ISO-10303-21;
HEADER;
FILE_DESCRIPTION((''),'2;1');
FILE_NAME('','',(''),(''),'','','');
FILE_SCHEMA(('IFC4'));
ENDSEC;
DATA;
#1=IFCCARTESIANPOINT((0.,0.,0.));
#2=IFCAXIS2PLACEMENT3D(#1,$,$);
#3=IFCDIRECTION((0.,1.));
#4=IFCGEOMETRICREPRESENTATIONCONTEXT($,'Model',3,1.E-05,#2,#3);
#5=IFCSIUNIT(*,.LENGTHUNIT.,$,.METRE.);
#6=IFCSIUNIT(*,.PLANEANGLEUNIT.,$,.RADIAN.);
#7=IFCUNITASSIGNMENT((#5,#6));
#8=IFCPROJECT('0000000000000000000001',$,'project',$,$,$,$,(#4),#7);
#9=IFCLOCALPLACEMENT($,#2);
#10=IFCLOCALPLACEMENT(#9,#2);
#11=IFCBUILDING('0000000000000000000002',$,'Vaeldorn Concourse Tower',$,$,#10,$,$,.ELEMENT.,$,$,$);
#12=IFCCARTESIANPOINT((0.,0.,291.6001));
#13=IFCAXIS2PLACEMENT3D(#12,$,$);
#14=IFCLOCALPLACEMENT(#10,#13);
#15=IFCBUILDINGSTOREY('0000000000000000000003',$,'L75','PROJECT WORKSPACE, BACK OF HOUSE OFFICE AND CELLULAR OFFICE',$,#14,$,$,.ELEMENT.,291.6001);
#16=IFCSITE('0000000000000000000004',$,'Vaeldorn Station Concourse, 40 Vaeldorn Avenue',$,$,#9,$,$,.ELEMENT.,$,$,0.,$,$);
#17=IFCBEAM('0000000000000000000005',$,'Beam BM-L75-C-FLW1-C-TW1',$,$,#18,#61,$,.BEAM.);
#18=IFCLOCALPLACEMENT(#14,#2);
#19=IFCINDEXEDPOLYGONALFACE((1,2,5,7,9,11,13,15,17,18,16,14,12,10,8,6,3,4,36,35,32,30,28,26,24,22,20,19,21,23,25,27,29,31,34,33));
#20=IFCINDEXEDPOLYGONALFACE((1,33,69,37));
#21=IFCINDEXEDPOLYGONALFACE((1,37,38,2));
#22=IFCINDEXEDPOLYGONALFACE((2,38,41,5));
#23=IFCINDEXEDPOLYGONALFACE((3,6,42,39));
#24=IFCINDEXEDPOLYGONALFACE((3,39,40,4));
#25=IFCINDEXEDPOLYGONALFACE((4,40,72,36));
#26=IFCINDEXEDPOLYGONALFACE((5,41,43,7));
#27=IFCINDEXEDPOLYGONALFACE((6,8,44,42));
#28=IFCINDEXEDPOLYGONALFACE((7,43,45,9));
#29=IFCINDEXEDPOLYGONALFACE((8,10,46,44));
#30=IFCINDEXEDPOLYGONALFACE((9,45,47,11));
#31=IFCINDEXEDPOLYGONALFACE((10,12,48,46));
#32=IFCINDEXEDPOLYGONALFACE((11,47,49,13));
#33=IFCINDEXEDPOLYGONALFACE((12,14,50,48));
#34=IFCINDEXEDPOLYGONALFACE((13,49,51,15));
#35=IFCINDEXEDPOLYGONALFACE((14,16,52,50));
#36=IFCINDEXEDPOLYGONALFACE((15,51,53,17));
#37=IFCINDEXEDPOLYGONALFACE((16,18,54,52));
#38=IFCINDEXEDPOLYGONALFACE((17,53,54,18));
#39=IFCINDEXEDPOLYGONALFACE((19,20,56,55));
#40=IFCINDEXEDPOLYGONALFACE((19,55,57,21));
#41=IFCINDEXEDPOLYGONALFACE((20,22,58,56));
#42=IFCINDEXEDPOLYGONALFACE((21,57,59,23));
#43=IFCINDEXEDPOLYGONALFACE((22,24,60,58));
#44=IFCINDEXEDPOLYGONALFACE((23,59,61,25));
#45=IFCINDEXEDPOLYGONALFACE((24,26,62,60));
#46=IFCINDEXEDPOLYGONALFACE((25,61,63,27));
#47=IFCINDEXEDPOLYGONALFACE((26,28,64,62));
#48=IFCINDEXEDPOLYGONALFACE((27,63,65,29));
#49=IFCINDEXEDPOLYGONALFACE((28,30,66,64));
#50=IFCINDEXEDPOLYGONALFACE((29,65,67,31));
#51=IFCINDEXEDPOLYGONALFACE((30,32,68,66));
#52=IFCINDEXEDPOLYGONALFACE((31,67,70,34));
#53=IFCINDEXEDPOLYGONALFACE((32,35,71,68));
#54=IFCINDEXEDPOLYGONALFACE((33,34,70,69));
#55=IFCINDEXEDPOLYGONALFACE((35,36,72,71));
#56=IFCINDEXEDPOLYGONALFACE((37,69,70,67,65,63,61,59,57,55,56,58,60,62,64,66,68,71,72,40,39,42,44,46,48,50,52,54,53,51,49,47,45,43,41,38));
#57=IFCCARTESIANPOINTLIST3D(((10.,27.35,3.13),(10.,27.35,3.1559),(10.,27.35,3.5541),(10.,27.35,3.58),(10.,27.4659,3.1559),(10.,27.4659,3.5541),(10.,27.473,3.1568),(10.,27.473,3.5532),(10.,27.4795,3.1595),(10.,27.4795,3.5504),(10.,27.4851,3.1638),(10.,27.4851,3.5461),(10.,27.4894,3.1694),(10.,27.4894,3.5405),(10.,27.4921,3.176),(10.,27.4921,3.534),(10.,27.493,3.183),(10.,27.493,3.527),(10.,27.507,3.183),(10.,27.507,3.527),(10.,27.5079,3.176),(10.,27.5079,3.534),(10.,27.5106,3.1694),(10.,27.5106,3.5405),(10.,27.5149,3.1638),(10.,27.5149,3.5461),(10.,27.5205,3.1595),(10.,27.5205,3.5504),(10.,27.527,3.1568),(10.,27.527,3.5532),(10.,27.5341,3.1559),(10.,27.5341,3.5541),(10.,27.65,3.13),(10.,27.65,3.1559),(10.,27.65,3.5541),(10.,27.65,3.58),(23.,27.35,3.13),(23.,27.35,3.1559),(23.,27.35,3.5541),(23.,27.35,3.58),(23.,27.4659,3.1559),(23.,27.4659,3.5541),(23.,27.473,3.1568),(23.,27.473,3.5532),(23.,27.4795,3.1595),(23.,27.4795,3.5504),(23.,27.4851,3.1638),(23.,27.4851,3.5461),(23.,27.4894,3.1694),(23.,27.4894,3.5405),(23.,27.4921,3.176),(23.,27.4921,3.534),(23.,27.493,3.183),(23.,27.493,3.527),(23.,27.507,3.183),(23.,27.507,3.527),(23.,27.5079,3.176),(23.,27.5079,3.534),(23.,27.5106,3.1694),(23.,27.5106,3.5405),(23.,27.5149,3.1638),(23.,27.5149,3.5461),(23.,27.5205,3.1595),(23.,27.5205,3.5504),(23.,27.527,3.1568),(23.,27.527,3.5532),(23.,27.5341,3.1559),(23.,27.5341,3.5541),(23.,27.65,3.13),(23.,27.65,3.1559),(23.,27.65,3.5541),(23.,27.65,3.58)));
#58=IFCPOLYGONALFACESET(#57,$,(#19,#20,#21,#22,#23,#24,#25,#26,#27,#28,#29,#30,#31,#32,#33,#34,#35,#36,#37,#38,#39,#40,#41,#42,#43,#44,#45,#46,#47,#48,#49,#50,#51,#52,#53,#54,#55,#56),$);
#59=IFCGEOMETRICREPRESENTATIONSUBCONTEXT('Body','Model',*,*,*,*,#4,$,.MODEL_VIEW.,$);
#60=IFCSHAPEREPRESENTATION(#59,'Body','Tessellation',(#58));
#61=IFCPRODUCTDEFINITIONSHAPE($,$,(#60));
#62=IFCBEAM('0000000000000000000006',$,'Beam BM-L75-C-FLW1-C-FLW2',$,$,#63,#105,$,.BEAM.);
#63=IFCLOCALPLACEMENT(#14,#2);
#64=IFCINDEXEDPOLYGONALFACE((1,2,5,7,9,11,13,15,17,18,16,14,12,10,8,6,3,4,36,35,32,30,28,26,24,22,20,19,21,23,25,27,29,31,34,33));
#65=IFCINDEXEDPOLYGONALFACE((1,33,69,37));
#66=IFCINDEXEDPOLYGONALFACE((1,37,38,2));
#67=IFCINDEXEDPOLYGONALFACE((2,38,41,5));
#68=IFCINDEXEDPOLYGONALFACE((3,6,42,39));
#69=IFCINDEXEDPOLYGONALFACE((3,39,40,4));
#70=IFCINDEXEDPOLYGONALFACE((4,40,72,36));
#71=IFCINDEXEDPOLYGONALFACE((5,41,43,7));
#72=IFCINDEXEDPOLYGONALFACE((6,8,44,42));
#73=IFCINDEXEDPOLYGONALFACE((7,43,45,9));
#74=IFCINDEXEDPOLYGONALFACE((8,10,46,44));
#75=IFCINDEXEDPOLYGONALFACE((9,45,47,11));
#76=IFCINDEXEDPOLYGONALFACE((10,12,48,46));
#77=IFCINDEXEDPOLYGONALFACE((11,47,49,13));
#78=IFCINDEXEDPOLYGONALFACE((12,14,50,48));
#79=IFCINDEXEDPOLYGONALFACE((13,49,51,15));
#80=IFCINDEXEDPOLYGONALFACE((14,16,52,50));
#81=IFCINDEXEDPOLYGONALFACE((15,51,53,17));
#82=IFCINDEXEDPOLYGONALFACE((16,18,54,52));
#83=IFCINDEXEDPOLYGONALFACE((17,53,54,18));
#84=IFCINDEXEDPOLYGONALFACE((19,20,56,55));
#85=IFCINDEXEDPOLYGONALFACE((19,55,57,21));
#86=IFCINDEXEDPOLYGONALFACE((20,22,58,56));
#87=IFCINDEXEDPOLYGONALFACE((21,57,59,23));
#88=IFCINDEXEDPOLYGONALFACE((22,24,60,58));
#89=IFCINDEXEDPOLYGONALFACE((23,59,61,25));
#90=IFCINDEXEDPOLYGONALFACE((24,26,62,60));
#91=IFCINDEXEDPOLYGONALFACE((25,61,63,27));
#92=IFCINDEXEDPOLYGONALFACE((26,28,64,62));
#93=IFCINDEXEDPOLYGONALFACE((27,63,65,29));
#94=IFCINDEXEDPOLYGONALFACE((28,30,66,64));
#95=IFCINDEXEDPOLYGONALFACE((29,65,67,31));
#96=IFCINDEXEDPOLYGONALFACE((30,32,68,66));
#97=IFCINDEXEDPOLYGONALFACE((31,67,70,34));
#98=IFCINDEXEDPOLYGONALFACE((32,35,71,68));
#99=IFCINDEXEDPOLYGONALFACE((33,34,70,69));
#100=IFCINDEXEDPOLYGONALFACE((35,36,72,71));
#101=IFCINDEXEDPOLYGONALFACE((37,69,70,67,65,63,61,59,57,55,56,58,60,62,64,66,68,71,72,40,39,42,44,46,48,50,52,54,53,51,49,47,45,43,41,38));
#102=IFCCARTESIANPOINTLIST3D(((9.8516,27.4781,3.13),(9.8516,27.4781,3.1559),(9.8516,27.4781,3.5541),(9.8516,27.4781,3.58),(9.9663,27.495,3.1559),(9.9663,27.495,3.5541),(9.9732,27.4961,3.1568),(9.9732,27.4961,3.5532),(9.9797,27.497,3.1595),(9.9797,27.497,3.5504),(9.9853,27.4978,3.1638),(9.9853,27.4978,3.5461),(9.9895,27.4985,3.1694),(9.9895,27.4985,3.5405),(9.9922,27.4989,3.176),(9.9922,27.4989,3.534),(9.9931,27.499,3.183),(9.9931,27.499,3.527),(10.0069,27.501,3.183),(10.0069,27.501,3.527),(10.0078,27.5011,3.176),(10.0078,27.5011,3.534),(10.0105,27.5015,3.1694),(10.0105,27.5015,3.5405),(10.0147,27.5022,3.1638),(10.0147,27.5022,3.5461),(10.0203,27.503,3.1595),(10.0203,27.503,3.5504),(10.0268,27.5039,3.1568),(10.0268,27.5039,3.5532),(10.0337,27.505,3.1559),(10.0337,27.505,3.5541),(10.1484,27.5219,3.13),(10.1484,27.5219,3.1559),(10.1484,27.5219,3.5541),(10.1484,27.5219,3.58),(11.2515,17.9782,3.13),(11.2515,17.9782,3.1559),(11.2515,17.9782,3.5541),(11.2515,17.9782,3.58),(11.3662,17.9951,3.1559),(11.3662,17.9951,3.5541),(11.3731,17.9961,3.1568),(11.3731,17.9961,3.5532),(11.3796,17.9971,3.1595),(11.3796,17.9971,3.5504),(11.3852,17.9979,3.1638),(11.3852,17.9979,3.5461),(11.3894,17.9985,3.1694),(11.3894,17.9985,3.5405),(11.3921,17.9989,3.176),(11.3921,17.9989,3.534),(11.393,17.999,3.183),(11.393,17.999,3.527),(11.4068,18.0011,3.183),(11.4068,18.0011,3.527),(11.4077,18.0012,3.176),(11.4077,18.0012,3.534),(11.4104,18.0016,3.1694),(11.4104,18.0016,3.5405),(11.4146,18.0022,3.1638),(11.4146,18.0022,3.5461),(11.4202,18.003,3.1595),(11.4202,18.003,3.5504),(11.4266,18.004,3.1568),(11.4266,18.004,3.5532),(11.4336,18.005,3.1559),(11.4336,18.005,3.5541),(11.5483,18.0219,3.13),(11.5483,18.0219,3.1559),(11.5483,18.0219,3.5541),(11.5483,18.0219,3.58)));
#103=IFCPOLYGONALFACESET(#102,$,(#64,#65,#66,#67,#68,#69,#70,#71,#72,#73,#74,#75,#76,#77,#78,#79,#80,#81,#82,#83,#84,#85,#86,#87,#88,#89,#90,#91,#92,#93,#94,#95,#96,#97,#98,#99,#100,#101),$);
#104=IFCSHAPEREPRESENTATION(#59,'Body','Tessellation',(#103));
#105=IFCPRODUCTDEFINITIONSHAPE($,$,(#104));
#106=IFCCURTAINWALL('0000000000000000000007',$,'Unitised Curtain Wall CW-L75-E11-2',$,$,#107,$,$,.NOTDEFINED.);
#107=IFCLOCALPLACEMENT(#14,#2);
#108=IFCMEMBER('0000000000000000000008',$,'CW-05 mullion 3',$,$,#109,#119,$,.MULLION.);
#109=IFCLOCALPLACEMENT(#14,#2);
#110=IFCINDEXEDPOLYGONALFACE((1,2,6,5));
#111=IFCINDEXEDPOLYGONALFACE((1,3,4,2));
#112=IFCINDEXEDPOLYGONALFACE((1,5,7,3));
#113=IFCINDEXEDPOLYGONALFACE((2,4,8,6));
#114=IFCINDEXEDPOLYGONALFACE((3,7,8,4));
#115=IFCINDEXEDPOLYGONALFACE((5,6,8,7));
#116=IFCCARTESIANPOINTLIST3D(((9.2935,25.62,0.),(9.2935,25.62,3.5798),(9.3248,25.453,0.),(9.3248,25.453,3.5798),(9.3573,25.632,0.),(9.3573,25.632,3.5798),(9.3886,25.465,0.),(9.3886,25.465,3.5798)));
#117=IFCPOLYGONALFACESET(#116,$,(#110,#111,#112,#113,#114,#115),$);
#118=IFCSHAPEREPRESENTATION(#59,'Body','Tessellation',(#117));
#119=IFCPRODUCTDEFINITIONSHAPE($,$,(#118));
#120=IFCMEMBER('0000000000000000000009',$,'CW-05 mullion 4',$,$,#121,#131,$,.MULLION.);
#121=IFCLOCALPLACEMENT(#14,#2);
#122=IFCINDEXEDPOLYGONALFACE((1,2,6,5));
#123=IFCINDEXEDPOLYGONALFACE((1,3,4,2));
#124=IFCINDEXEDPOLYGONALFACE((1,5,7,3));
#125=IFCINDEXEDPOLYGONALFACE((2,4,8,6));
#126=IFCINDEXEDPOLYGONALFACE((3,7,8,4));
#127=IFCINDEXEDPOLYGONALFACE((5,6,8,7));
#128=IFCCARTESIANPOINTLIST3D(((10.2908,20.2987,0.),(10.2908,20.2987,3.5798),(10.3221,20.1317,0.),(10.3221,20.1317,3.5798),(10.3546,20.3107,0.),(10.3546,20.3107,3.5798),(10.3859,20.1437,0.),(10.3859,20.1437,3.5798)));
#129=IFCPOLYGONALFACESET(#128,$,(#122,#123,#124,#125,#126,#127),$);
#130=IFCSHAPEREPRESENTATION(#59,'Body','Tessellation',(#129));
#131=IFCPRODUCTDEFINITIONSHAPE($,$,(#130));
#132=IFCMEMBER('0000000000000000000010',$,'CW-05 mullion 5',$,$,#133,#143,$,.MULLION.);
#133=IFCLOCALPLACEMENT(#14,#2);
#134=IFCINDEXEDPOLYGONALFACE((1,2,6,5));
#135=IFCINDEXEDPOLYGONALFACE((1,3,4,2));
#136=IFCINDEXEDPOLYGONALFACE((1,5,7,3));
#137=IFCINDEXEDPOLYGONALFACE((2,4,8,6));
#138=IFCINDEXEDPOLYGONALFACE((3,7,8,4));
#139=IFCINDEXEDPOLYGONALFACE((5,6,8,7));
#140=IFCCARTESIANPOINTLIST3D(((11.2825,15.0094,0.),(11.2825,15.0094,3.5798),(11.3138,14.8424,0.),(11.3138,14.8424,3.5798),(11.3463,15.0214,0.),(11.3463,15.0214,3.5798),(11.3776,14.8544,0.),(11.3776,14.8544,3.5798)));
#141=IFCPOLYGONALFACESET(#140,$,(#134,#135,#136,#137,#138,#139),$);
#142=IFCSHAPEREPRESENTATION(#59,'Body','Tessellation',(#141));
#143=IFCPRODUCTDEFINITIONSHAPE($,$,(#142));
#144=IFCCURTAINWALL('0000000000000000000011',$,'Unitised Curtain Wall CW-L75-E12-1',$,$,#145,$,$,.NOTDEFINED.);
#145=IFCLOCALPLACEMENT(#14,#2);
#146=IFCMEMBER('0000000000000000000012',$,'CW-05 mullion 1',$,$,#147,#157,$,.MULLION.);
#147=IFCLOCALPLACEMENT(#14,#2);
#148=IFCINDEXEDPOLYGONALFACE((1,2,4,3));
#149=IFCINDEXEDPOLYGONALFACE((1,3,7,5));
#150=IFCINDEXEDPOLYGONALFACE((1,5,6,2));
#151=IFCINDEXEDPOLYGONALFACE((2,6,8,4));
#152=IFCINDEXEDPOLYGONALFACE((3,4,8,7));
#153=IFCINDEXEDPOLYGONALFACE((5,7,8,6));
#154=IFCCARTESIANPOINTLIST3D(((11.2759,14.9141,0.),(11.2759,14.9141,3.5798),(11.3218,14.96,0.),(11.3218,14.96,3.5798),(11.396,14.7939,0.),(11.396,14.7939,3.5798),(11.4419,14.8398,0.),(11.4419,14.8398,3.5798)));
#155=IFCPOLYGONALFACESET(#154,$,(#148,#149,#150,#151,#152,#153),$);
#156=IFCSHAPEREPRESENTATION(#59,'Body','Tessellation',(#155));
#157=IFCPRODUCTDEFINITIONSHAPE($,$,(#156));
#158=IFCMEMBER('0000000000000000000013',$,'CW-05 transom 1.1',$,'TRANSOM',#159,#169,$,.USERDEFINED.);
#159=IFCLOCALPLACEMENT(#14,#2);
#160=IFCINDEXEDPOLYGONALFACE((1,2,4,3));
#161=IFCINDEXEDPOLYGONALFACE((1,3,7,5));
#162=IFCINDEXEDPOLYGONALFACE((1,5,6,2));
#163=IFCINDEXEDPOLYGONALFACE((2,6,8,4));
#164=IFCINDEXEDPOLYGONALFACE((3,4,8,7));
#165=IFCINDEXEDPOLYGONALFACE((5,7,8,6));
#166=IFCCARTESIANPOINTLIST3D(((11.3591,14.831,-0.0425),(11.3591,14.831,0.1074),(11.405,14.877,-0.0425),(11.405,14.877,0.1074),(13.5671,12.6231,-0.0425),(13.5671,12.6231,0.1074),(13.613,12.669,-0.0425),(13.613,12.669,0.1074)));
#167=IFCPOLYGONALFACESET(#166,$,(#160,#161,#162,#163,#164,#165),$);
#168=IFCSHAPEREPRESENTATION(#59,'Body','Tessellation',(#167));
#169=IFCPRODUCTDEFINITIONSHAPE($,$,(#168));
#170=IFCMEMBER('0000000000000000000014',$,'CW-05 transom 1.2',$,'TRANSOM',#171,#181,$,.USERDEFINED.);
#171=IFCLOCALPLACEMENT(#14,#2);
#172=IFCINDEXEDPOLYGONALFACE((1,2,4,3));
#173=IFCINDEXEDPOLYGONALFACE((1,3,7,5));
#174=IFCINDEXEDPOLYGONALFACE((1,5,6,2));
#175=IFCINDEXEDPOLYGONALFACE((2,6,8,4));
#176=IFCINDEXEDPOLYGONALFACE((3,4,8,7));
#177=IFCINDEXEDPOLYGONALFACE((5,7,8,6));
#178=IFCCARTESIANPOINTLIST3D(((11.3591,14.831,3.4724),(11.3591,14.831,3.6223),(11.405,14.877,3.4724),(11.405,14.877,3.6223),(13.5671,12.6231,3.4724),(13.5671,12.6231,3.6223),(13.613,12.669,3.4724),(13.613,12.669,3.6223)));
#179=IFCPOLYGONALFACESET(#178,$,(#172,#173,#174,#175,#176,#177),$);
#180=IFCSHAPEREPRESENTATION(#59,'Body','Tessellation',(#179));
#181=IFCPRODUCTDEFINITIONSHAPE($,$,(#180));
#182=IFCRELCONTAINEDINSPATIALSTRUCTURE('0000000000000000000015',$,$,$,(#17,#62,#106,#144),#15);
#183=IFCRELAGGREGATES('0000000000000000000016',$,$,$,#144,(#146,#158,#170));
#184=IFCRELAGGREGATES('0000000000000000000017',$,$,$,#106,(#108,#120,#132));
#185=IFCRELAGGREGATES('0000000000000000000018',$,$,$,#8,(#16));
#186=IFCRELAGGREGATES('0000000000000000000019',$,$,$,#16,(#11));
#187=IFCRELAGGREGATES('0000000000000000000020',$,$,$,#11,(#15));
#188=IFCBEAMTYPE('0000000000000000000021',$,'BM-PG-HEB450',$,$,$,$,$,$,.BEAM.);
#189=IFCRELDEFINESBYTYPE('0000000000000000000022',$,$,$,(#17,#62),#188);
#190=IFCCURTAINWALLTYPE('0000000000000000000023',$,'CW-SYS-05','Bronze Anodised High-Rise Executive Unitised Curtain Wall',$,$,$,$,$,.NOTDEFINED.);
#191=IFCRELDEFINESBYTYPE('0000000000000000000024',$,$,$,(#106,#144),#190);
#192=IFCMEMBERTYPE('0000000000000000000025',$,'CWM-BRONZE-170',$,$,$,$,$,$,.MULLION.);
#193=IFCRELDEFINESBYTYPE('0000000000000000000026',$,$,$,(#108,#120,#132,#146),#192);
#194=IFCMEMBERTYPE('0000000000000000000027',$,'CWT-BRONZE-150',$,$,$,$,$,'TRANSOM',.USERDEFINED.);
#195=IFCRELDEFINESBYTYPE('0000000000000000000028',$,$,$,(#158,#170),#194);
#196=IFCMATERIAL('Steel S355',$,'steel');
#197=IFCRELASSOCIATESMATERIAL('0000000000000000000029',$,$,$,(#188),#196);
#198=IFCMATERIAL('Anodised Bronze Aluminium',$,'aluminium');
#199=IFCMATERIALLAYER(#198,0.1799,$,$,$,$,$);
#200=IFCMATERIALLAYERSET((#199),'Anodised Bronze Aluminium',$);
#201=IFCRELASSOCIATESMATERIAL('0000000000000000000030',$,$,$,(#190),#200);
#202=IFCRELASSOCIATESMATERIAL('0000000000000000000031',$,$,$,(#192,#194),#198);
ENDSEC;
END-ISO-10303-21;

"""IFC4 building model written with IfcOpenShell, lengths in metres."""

from ifc_helpers import new_model, si_unit, direction, frame, origin, origin_2d, place, context, subcontext, project, spatial, rectangle, i_section, extrude, source, transform, mapped, material, layer, layer_set, material_profile, profile_set, type_object, element, aggregate, save


model = new_model("IFC4")

# Units and contexts
model_context = context("Model", 3, precision=1e-05, world=origin(), true_north=direction((0.0, 1.0)))
body_context = subcontext(model_context, "Body", "Model", "MODEL_VIEW")
ifc_project = project(units=[si_unit("LENGTHUNIT", "METRE"), si_unit("PLANEANGLEUNIT", "RADIAN")], contexts=[model_context])

# Site, building, storey
site_placement = place(None, origin())
site = spatial("IfcSite", under=ifc_project, at=site_placement, Name="Vaeldorn Station Concourse, 40 Vaeldorn Avenue", CompositionType="ELEMENT", RefElevation=0.0)
building_placement = place(site_placement, origin())
building = spatial("IfcBuilding", under=site, at=building_placement, Name="Vaeldorn Concourse Tower", CompositionType="ELEMENT")
storey_placement = place(building_placement, frame((0.0, 0.0, 291.6001)))
storey = spatial("IfcBuildingStorey", under=building, at=storey_placement, Name="L75", Description="PROJECT WORKSPACE, BACK OF HOUSE OFFICE AND CELLULAR OFFICE", CompositionType="ELEMENT", Elevation=291.6001)

# Shared definitions
ifc_material_1 = material(Name="Steel S355", Category="steel")

# Beams
ifc_material_profile_1 = material_profile(ifc_material_1, i_section(OverallWidth=0.3, OverallDepth=0.45, WebThickness=0.0139, FlangeThickness=0.0259, FilletRadius=0.0271, at=origin_2d()), Name="HEB 450")
ifc_profile_set_1 = profile_set([ifc_material_profile_1], Name="Steel S355")
beam_type_1 = type_object("IfcBeamType", Name="BM-PG-HEB450", PredefinedType="BEAM", material=ifc_profile_set_1)
shared_shape_1 = source(origin(), body_context, "Body", "SweptSolid", [
    extrude(i_section(OverallWidth=0.3, OverallDepth=0.45, WebThickness=0.0139, FlangeThickness=0.0259, FilletRadius=0.0271, at=origin_2d()), origin(), (0.0, 0.0, 1.0), 13.0),
])
beam_1_placement = place(storey_placement, frame((10.0, 27.5, 3.355), z_axis=(1.0, 0.0, 0.0), x_axis=(0.0, 1.0, 0.0)))
element("IfcBeam", 1, at=beam_1_placement, inside=storey, type_object=beam_type_1, Name="Beam BM-L75-C-FLW1-C-TW1", PredefinedType="BEAM", context=body_context, shape_type="MappedRepresentation", body=[
    mapped(shared_shape_1, transform((0.0, 0.0, 0.0), scale=1.0)),
])
shared_shape_2 = source(origin(), body_context, "Body", "SweptSolid", [
    extrude(i_section(OverallWidth=0.3, OverallDepth=0.45, WebThickness=0.0139, FlangeThickness=0.0259, FilletRadius=0.0271, at=origin_2d()), origin(), (0.0, 0.0, 1.0), 9.6025),
])
beam_2_placement = place(storey_placement, frame((10.0, 27.5, 3.355), z_axis=(0.145784, -0.989316, 0.0), x_axis=(0.989316, 0.145784, 0.0)))
element("IfcBeam", 2, at=beam_2_placement, inside=storey, type_object=beam_type_1, Name="Beam BM-L75-C-FLW1-C-FLW2", PredefinedType="BEAM", context=body_context, shape_type="MappedRepresentation", body=[
    mapped(shared_shape_2, transform((0.0, 0.0, 0.0), scale=1.0)),
])

# Curtain walls, members
ifc_material_2 = material(Name="Anodised Bronze Aluminium", Category="aluminium")
ifc_layer_1 = layer(ifc_material_2, 0.1799)
ifc_layer_set_1 = layer_set([ifc_layer_1], Name="Anodised Bronze Aluminium")
curtain_wall_type = type_object("IfcCurtainWallType", Name="CW-SYS-05", Description="Bronze Anodised High-Rise Executive Unitised Curtain Wall", PredefinedType="NOTDEFINED", material=ifc_layer_set_1)
curtain_wall_1_placement = place(storey_placement, origin())
curtain_wall_1 = element("IfcCurtainWall", 3, at=curtain_wall_1_placement, inside=storey, type_object=curtain_wall_type, Name="Unitised Curtain Wall CW-L75-E11-2", PredefinedType="NOTDEFINED")
ifc_material_profile_2 = material_profile(ifc_material_2, rectangle(XDim=0.0649, YDim=0.1699, at=origin_2d()), Name="CWM 65x170")
ifc_profile_set_2 = profile_set([ifc_material_profile_2], Name="Anodised Bronze Aluminium")
member_type_1 = type_object("IfcMemberType", Name="CWM-BRONZE-170", PredefinedType="MULLION", material=ifc_profile_set_2)
shared_shape_3 = source(origin(), body_context, "Body", "SweptSolid", [
    extrude(rectangle(XDim=0.0649, YDim=0.1699, at=origin_2d()), origin(), (0.0, 0.0, 1.0), 3.5798),
])
member_1_placement = place(storey_placement, frame((9.3411, 25.5425, 0.0), z_axis=(0.0, 0.0, 1.0), x_axis=(0.98288, 0.184247, 0.0)))
member_1 = element("IfcMember", 4, at=member_1_placement, type_object=member_type_1, Name="CW-05 mullion 3", PredefinedType="MULLION", context=body_context, shape_type="MappedRepresentation", body=[
    mapped(shared_shape_3, transform((0.0, 0.0, 0.0), scale=1.0)),
])
member_2_placement = place(storey_placement, frame((10.3384, 20.2212, 0.0), z_axis=(0.0, 0.0, 1.0), x_axis=(0.98288, 0.184247, 0.0)))
member_2 = element("IfcMember", 5, at=member_2_placement, type_object=member_type_1, Name="CW-05 mullion 4", PredefinedType="MULLION", context=body_context, shape_type="MappedRepresentation", body=[
    mapped(shared_shape_3, transform((0.0, 0.0, 0.0), scale=1.0)),
])
member_3_placement = place(storey_placement, frame((11.3301, 14.9319, 0.0), z_axis=(0.0, 0.0, 1.0), x_axis=(0.98288, 0.184247, 0.0)))
member_3 = element("IfcMember", 6, at=member_3_placement, type_object=member_type_1, Name="CW-05 mullion 5", PredefinedType="MULLION", context=body_context, shape_type="MappedRepresentation", body=[
    mapped(shared_shape_3, transform((0.0, 0.0, 0.0), scale=1.0)),
])
curtain_wall_2_placement = place(storey_placement, origin())
curtain_wall_2 = element("IfcCurtainWall", 7, at=curtain_wall_2_placement, inside=storey, type_object=curtain_wall_type, Name="Unitised Curtain Wall CW-L75-E12-1", PredefinedType="NOTDEFINED")
member_4_placement = place(storey_placement, frame((11.3589, 14.877, 0.0), z_axis=(0.0, 0.0, 1.0), x_axis=(0.707107, 0.707107, 0.0)))
member_4 = element("IfcMember", 8, at=member_4_placement, type_object=member_type_1, Name="CW-05 mullion 1", PredefinedType="MULLION", context=body_context, shape_type="MappedRepresentation", body=[
    mapped(shared_shape_3, transform((0.0, 0.0, 0.0), scale=1.0)),
])
ifc_material_profile_3 = material_profile(ifc_material_2, rectangle(XDim=0.0649, YDim=0.1499, at=origin_2d()), Name="CWT 65x150")
ifc_profile_set_3 = profile_set([ifc_material_profile_3], Name="Anodised Bronze Aluminium")
member_type_2 = type_object("IfcMemberType", Name="CWT-BRONZE-150", ElementType="TRANSOM", PredefinedType="USERDEFINED", material=ifc_profile_set_3)
shared_shape_4 = source(origin(), body_context, "Body", "SweptSolid", [
    extrude(rectangle(XDim=0.0649, YDim=0.1499, at=origin_2d()), origin(), (0.0, 0.0, 1.0), 3.1226),
])
member_5_placement = place(storey_placement, frame((11.3821, 14.854, 0.0325), z_axis=(0.707107, -0.707107, 0.0), x_axis=(0.707107, 0.707107, 0.0)))
member_5 = element("IfcMember", 9, at=member_5_placement, type_object=member_type_2, Name="CW-05 transom 1.1", ObjectType="TRANSOM", PredefinedType="USERDEFINED", context=body_context, shape_type="MappedRepresentation", body=[
    mapped(shared_shape_4, transform((0.0, 0.0, 0.0), scale=1.0)),
])
member_6_placement = place(storey_placement, frame((11.3821, 14.854, 3.5474), z_axis=(0.707107, -0.707107, 0.0), x_axis=(0.707107, 0.707107, 0.0)))
member_6 = element("IfcMember", 10, at=member_6_placement, type_object=member_type_2, Name="CW-05 transom 1.2", ObjectType="TRANSOM", PredefinedType="USERDEFINED", context=body_context, shape_type="MappedRepresentation", body=[
    mapped(shared_shape_4, transform((0.0, 0.0, 0.0), scale=1.0)),
])
aggregate(curtain_wall_2, [member_4, member_5, member_6])

aggregate(curtain_wall_1, [member_1, member_2, member_3])

save(model, "model.ifc")
